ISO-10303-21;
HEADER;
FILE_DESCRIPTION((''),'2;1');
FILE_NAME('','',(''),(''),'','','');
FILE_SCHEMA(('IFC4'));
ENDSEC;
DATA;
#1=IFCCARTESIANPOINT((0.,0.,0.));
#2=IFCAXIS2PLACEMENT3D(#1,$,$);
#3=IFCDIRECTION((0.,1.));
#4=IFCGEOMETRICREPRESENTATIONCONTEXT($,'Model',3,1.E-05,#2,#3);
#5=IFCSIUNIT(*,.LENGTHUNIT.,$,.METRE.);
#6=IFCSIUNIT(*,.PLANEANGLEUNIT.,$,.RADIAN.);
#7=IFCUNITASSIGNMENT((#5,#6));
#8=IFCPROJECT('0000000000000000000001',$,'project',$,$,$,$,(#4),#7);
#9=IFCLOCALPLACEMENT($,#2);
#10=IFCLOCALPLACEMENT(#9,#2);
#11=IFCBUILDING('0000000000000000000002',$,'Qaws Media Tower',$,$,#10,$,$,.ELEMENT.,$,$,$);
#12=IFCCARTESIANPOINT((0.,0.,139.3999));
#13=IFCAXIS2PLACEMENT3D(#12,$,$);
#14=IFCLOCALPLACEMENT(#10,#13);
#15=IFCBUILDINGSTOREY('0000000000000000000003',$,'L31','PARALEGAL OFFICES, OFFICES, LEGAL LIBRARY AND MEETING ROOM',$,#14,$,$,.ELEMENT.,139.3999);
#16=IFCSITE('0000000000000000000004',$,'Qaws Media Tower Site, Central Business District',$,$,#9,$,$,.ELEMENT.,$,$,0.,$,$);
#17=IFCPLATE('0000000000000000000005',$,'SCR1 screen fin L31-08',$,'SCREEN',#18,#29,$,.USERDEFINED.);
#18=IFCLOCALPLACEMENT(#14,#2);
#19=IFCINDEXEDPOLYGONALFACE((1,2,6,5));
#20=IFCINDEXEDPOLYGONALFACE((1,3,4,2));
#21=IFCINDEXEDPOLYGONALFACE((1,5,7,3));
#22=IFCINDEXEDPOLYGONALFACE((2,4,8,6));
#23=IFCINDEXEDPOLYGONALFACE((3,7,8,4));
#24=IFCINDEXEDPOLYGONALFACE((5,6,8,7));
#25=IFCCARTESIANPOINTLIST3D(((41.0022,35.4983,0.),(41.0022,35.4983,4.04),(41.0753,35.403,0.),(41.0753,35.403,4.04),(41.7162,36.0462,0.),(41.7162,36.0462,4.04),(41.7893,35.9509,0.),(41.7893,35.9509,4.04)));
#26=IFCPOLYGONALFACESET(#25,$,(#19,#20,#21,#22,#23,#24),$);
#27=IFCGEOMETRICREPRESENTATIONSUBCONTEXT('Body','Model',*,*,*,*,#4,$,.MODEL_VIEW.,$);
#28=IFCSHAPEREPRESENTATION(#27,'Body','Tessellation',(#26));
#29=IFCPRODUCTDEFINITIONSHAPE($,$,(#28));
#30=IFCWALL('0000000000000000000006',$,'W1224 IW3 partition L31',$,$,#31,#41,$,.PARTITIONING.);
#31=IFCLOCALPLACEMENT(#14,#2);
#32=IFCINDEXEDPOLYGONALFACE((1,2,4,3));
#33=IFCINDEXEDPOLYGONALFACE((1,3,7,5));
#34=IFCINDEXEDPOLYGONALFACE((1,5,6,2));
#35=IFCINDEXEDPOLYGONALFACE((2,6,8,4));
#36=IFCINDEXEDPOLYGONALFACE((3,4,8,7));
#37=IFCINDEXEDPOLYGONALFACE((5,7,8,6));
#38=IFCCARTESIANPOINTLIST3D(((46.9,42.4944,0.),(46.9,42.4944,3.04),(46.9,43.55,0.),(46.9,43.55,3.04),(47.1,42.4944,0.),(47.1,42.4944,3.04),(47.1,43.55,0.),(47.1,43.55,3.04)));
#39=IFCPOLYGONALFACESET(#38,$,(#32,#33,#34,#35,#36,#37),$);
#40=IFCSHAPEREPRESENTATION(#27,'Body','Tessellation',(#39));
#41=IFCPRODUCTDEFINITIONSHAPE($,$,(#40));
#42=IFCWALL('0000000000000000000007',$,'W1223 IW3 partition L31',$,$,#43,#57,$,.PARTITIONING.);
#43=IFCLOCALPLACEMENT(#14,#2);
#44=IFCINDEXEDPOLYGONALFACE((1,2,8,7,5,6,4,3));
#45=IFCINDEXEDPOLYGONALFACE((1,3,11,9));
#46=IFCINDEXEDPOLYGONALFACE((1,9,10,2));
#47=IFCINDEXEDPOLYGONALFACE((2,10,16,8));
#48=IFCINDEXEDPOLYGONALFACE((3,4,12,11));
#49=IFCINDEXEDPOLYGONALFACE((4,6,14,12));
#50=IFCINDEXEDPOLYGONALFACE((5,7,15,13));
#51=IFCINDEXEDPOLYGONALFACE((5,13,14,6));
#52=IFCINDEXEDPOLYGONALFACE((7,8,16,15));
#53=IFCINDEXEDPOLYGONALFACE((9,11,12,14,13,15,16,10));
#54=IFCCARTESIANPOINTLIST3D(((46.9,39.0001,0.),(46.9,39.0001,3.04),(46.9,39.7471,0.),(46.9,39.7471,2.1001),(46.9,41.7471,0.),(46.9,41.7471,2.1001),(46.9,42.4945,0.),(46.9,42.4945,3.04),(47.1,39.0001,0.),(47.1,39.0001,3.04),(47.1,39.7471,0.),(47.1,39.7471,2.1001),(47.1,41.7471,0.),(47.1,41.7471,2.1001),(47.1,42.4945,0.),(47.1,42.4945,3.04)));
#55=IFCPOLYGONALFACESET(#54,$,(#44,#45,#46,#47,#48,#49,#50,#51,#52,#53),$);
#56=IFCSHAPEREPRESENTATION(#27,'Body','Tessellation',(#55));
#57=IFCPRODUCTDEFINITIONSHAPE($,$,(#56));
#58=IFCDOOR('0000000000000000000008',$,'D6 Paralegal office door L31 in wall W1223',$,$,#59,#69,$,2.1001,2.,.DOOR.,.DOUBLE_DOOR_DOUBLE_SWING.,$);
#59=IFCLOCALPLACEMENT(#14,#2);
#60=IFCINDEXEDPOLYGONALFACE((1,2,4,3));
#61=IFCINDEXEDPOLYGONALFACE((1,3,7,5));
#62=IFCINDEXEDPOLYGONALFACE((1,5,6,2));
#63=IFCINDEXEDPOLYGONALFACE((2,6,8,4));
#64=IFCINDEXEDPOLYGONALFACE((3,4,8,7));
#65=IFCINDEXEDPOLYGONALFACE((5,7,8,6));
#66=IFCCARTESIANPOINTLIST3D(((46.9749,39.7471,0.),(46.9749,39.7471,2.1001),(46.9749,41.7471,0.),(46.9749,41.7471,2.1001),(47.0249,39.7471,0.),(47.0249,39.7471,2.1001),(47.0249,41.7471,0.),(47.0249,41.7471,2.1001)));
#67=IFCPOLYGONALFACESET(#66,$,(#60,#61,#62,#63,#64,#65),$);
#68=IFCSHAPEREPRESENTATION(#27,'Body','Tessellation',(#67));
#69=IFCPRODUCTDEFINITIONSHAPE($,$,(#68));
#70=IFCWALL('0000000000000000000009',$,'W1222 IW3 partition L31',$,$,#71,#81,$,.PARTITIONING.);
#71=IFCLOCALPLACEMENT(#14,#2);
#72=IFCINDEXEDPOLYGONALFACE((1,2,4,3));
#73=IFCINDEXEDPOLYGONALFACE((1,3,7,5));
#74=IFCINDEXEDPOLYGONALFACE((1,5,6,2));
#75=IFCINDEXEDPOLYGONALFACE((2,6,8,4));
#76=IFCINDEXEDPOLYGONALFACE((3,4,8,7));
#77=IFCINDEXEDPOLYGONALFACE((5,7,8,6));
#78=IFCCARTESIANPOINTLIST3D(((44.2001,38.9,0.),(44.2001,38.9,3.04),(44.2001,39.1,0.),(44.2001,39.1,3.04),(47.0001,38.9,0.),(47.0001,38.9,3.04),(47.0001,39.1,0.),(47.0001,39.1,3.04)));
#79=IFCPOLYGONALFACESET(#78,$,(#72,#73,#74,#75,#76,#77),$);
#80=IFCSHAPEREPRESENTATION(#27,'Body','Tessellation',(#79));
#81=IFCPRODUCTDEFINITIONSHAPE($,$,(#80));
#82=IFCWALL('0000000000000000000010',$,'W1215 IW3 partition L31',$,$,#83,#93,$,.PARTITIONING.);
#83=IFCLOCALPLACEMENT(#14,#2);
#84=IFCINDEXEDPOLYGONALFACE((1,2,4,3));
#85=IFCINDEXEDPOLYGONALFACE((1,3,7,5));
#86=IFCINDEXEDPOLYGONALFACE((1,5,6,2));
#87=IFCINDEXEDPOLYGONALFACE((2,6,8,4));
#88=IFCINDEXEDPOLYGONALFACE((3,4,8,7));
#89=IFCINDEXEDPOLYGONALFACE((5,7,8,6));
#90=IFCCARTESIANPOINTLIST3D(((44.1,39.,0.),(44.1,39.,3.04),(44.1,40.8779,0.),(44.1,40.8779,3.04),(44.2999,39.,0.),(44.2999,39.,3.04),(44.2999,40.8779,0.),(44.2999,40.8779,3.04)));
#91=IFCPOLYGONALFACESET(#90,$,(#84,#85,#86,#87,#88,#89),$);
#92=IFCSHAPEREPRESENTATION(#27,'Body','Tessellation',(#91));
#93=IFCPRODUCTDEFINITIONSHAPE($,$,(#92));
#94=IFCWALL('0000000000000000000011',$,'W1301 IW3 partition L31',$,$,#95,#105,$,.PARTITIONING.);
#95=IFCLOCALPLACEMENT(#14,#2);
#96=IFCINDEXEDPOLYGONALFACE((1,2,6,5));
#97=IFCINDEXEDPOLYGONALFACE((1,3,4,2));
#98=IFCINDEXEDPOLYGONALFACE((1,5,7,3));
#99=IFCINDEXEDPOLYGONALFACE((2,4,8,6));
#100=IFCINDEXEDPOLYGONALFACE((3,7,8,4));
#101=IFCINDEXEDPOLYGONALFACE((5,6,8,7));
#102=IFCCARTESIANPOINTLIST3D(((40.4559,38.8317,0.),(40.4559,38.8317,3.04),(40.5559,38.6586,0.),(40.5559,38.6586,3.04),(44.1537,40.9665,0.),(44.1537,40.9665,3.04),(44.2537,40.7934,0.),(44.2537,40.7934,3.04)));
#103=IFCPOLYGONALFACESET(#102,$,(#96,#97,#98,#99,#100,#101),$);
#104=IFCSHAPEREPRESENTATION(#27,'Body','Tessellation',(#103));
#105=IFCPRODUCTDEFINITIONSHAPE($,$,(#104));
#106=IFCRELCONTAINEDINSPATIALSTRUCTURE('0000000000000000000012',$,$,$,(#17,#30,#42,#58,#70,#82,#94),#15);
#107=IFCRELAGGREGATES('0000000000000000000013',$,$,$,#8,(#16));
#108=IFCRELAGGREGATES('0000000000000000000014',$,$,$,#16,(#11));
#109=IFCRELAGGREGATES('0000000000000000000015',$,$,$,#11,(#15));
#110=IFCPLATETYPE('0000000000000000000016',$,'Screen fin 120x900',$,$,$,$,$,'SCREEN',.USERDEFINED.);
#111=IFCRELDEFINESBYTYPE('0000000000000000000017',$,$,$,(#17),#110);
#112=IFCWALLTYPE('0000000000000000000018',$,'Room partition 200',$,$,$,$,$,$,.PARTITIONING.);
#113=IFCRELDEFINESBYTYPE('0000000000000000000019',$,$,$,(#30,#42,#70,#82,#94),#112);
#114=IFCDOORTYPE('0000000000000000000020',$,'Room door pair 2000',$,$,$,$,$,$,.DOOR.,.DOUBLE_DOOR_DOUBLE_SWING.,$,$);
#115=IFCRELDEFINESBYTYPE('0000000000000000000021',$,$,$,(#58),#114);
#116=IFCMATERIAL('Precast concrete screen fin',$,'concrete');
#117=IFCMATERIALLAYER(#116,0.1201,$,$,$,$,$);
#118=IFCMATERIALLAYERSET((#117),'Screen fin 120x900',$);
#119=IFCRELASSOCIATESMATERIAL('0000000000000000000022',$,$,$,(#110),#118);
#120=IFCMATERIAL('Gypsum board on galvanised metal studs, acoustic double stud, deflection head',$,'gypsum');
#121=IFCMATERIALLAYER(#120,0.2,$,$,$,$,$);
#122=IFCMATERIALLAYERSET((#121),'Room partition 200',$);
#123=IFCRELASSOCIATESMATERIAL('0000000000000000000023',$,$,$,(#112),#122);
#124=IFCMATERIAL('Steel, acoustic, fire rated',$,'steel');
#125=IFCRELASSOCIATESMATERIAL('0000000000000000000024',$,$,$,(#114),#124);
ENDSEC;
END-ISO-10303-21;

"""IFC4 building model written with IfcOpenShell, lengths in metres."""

from ifc_helpers import new_model, si_unit, direction, frame, frame_2d, origin, origin_2d, place, context, subcontext, project, spatial, rectangle, extrude, material, layer, layer_set, type_object, element, fill, save


model = new_model("IFC4")

# Units and contexts
model_context = context("Model", 3, precision=1e-05, world=origin(), true_north=direction((0.0, 1.0)))
body_context = subcontext(model_context, "Body", "Model", "MODEL_VIEW")
ifc_project = project(units=[si_unit("LENGTHUNIT", "METRE"), si_unit("PLANEANGLEUNIT", "RADIAN")], contexts=[model_context])

# Site, building, storey
site_placement = place(None, origin())
site = spatial("IfcSite", under=ifc_project, at=site_placement, Name="Qaws Media Tower Site, Central Business District", CompositionType="ELEMENT", RefElevation=0.0)
building_placement = place(site_placement, origin())
building = spatial("IfcBuilding", under=site, at=building_placement, Name="Qaws Media Tower", CompositionType="ELEMENT")
storey_placement = place(building_placement, frame((0.0, 0.0, 139.3999)))
storey = spatial("IfcBuildingStorey", under=building, at=storey_placement, Name="L31", Description="PARALEGAL OFFICES, OFFICES, LEGAL LIBRARY AND MEETING ROOM", CompositionType="ELEMENT", Elevation=139.3999)

# Plate
ifc_material_1 = material(Name="Precast concrete screen fin", Category="concrete")
ifc_layer_1 = layer(ifc_material_1, 0.1201)
ifc_layer_set_1 = layer_set([ifc_layer_1], Name="Screen fin 120x900")
plate_type_1 = type_object("IfcPlateType", Name="Screen fin 120x900", ElementType="SCREEN", PredefinedType="USERDEFINED", material=ifc_layer_set_1)
plate_1_placement = place(storey_placement, frame((41.3958, 35.7246, 0.0), z_axis=(0.0, 0.0, 1.0), x_axis=(-0.793353, -0.608761, 0.0)))
element("IfcPlate", 1, at=plate_1_placement, inside=storey, type_object=plate_type_1, Name="SCR1 screen fin L31-08", ObjectType="SCREEN", PredefinedType="USERDEFINED", context=body_context, shape_type="SweptSolid", body=[
    extrude(rectangle(XDim=0.8999, YDim=0.1201, at=origin_2d()), origin(), (0.0, 0.0, 1.0), 4.04),
])

# Wall
ifc_material_2 = material(Name="Gypsum board on galvanised metal studs, acoustic double stud, deflection head", Category="gypsum")
ifc_layer_2 = layer(ifc_material_2, 0.2)
ifc_layer_set_2 = layer_set([ifc_layer_2], Name="Room partition 200")
wall_type = type_object("IfcWallType", Name="Room partition 200", PredefinedType="PARTITIONING", material=ifc_layer_set_2)
wall_1_placement = place(storey_placement, frame((47.0, 43.55, 0.0), z_axis=(0.0, 0.0, 1.0), x_axis=(0.0, -1.0, 0.0)))
element("IfcWall", 2, at=wall_1_placement, inside=storey, type_object=wall_type, Name="W1224 IW3 partition L31", PredefinedType="PARTITIONING", context=body_context, shape_type="SweptSolid", body=[
    extrude(rectangle(XDim=1.0557, YDim=0.2, at=frame_2d((0.5278, 0.0))), origin(), (0.0, 0.0, 1.0), 3.04),
])

# Wall, opening, door
wall_2_placement = place(storey_placement, frame((47.0, 42.4944, 0.0), z_axis=(0.0, 0.0, 1.0), x_axis=(0.0, -1.0, 0.0)))
wall_2 = element("IfcWall", 3, at=wall_2_placement, inside=storey, type_object=wall_type, Name="W1223 IW3 partition L31", PredefinedType="PARTITIONING", context=body_context, shape_type="SweptSolid", body=[
    extrude(rectangle(XDim=3.4944, YDim=0.2, at=frame_2d((1.7471, 0.0))), origin(), (0.0, 0.0, 1.0), 3.04),
])
opening_1_placement = place(wall_2_placement, frame((0.7473, 0.0, 0.0)))
opening_1 = element("IfcOpeningElement", 4, at=opening_1_placement, cuts=wall_2, PredefinedType="OPENING", context=body_context, shape_type="SweptSolid", body=[
    extrude(rectangle(XDim=2.0, YDim=2.1001, at=frame_2d((1.0, 1.05))), frame((0.0, 0.1099, 0.0), z_axis=(0.0, -1.0, 0.0), x_axis=(1.0, 0.0, 0.0)), (0.0, 0.0, 1.0), 0.22),
])
ifc_material_3 = material(Name="Steel, acoustic, fire rated", Category="steel")
door_type_1 = type_object("IfcDoorType", Name="Room door pair 2000", OperationType="DOUBLE_DOOR_DOUBLE_SWING", PredefinedType="DOOR", material=ifc_material_3)
door_1_placement = place(opening_1_placement, origin())
door_1 = element("IfcDoor", 5, at=door_1_placement, inside=storey, type_object=door_type_1, Name="D6 Paralegal office door L31 in wall W1223", OperationType="DOUBLE_DOOR_DOUBLE_SWING", OverallHeight=2.1001, OverallWidth=2.0, PredefinedType="DOOR", context=body_context, shape_type="SweptSolid", body=[
    extrude(rectangle(XDim=2.0, YDim=2.1001, at=frame_2d((1.0, 1.05))), frame((0.0, 0.0249, 0.0), z_axis=(0.0, -1.0, 0.0), x_axis=(1.0, 0.0, 0.0)), (0.0, 0.0, 1.0), 0.05),
])
fill(opening_1, door_1)

# Walls
wall_3_placement = place(storey_placement, frame((47.0, 39.0, 0.0), z_axis=(0.0, 0.0, 1.0), x_axis=(-1.0, 0.0, 0.0)))
element("IfcWall", 6, at=wall_3_placement, inside=storey, type_object=wall_type, Name="W1222 IW3 partition L31", PredefinedType="PARTITIONING", context=body_context, shape_type="SweptSolid", body=[
    extrude(rectangle(XDim=2.8, YDim=0.2, at=frame_2d((1.3999, 0.0))), origin(), (0.0, 0.0, 1.0), 3.04),
])
wall_4_placement = place(storey_placement, frame((44.2, 39.0, 0.0), z_axis=(0.0, 0.0, 1.0), x_axis=(0.0, 1.0, 0.0)))
element("IfcWall", 7, at=wall_4_placement, inside=storey, type_object=wall_type, Name="W1215 IW3 partition L31", PredefinedType="PARTITIONING", context=body_context, shape_type="SweptSolid", body=[
    extrude(rectangle(XDim=1.8779, YDim=0.2, at=frame_2d((0.939, 0.0))), origin(), (0.0, 0.0, 1.0), 3.04),
])

# Wall
wall_5_placement = place(storey_placement, frame((44.2036, 40.8799, 0.0), z_axis=(0.0, 0.0, 1.0), x_axis=(-0.866039, -0.499977, 0.0)))
element("IfcWall", 8, at=wall_5_placement, inside=storey, type_object=wall_type, Name="W1301 IW3 partition L31", PredefinedType="PARTITIONING", context=body_context, shape_type="SweptSolid", body=[
    extrude(rectangle(XDim=4.2698, YDim=0.2, at=frame_2d((2.1348, 0.0))), origin(), (0.0, 0.0, 1.0), 3.04),
])

save(model, "model.ifc")
